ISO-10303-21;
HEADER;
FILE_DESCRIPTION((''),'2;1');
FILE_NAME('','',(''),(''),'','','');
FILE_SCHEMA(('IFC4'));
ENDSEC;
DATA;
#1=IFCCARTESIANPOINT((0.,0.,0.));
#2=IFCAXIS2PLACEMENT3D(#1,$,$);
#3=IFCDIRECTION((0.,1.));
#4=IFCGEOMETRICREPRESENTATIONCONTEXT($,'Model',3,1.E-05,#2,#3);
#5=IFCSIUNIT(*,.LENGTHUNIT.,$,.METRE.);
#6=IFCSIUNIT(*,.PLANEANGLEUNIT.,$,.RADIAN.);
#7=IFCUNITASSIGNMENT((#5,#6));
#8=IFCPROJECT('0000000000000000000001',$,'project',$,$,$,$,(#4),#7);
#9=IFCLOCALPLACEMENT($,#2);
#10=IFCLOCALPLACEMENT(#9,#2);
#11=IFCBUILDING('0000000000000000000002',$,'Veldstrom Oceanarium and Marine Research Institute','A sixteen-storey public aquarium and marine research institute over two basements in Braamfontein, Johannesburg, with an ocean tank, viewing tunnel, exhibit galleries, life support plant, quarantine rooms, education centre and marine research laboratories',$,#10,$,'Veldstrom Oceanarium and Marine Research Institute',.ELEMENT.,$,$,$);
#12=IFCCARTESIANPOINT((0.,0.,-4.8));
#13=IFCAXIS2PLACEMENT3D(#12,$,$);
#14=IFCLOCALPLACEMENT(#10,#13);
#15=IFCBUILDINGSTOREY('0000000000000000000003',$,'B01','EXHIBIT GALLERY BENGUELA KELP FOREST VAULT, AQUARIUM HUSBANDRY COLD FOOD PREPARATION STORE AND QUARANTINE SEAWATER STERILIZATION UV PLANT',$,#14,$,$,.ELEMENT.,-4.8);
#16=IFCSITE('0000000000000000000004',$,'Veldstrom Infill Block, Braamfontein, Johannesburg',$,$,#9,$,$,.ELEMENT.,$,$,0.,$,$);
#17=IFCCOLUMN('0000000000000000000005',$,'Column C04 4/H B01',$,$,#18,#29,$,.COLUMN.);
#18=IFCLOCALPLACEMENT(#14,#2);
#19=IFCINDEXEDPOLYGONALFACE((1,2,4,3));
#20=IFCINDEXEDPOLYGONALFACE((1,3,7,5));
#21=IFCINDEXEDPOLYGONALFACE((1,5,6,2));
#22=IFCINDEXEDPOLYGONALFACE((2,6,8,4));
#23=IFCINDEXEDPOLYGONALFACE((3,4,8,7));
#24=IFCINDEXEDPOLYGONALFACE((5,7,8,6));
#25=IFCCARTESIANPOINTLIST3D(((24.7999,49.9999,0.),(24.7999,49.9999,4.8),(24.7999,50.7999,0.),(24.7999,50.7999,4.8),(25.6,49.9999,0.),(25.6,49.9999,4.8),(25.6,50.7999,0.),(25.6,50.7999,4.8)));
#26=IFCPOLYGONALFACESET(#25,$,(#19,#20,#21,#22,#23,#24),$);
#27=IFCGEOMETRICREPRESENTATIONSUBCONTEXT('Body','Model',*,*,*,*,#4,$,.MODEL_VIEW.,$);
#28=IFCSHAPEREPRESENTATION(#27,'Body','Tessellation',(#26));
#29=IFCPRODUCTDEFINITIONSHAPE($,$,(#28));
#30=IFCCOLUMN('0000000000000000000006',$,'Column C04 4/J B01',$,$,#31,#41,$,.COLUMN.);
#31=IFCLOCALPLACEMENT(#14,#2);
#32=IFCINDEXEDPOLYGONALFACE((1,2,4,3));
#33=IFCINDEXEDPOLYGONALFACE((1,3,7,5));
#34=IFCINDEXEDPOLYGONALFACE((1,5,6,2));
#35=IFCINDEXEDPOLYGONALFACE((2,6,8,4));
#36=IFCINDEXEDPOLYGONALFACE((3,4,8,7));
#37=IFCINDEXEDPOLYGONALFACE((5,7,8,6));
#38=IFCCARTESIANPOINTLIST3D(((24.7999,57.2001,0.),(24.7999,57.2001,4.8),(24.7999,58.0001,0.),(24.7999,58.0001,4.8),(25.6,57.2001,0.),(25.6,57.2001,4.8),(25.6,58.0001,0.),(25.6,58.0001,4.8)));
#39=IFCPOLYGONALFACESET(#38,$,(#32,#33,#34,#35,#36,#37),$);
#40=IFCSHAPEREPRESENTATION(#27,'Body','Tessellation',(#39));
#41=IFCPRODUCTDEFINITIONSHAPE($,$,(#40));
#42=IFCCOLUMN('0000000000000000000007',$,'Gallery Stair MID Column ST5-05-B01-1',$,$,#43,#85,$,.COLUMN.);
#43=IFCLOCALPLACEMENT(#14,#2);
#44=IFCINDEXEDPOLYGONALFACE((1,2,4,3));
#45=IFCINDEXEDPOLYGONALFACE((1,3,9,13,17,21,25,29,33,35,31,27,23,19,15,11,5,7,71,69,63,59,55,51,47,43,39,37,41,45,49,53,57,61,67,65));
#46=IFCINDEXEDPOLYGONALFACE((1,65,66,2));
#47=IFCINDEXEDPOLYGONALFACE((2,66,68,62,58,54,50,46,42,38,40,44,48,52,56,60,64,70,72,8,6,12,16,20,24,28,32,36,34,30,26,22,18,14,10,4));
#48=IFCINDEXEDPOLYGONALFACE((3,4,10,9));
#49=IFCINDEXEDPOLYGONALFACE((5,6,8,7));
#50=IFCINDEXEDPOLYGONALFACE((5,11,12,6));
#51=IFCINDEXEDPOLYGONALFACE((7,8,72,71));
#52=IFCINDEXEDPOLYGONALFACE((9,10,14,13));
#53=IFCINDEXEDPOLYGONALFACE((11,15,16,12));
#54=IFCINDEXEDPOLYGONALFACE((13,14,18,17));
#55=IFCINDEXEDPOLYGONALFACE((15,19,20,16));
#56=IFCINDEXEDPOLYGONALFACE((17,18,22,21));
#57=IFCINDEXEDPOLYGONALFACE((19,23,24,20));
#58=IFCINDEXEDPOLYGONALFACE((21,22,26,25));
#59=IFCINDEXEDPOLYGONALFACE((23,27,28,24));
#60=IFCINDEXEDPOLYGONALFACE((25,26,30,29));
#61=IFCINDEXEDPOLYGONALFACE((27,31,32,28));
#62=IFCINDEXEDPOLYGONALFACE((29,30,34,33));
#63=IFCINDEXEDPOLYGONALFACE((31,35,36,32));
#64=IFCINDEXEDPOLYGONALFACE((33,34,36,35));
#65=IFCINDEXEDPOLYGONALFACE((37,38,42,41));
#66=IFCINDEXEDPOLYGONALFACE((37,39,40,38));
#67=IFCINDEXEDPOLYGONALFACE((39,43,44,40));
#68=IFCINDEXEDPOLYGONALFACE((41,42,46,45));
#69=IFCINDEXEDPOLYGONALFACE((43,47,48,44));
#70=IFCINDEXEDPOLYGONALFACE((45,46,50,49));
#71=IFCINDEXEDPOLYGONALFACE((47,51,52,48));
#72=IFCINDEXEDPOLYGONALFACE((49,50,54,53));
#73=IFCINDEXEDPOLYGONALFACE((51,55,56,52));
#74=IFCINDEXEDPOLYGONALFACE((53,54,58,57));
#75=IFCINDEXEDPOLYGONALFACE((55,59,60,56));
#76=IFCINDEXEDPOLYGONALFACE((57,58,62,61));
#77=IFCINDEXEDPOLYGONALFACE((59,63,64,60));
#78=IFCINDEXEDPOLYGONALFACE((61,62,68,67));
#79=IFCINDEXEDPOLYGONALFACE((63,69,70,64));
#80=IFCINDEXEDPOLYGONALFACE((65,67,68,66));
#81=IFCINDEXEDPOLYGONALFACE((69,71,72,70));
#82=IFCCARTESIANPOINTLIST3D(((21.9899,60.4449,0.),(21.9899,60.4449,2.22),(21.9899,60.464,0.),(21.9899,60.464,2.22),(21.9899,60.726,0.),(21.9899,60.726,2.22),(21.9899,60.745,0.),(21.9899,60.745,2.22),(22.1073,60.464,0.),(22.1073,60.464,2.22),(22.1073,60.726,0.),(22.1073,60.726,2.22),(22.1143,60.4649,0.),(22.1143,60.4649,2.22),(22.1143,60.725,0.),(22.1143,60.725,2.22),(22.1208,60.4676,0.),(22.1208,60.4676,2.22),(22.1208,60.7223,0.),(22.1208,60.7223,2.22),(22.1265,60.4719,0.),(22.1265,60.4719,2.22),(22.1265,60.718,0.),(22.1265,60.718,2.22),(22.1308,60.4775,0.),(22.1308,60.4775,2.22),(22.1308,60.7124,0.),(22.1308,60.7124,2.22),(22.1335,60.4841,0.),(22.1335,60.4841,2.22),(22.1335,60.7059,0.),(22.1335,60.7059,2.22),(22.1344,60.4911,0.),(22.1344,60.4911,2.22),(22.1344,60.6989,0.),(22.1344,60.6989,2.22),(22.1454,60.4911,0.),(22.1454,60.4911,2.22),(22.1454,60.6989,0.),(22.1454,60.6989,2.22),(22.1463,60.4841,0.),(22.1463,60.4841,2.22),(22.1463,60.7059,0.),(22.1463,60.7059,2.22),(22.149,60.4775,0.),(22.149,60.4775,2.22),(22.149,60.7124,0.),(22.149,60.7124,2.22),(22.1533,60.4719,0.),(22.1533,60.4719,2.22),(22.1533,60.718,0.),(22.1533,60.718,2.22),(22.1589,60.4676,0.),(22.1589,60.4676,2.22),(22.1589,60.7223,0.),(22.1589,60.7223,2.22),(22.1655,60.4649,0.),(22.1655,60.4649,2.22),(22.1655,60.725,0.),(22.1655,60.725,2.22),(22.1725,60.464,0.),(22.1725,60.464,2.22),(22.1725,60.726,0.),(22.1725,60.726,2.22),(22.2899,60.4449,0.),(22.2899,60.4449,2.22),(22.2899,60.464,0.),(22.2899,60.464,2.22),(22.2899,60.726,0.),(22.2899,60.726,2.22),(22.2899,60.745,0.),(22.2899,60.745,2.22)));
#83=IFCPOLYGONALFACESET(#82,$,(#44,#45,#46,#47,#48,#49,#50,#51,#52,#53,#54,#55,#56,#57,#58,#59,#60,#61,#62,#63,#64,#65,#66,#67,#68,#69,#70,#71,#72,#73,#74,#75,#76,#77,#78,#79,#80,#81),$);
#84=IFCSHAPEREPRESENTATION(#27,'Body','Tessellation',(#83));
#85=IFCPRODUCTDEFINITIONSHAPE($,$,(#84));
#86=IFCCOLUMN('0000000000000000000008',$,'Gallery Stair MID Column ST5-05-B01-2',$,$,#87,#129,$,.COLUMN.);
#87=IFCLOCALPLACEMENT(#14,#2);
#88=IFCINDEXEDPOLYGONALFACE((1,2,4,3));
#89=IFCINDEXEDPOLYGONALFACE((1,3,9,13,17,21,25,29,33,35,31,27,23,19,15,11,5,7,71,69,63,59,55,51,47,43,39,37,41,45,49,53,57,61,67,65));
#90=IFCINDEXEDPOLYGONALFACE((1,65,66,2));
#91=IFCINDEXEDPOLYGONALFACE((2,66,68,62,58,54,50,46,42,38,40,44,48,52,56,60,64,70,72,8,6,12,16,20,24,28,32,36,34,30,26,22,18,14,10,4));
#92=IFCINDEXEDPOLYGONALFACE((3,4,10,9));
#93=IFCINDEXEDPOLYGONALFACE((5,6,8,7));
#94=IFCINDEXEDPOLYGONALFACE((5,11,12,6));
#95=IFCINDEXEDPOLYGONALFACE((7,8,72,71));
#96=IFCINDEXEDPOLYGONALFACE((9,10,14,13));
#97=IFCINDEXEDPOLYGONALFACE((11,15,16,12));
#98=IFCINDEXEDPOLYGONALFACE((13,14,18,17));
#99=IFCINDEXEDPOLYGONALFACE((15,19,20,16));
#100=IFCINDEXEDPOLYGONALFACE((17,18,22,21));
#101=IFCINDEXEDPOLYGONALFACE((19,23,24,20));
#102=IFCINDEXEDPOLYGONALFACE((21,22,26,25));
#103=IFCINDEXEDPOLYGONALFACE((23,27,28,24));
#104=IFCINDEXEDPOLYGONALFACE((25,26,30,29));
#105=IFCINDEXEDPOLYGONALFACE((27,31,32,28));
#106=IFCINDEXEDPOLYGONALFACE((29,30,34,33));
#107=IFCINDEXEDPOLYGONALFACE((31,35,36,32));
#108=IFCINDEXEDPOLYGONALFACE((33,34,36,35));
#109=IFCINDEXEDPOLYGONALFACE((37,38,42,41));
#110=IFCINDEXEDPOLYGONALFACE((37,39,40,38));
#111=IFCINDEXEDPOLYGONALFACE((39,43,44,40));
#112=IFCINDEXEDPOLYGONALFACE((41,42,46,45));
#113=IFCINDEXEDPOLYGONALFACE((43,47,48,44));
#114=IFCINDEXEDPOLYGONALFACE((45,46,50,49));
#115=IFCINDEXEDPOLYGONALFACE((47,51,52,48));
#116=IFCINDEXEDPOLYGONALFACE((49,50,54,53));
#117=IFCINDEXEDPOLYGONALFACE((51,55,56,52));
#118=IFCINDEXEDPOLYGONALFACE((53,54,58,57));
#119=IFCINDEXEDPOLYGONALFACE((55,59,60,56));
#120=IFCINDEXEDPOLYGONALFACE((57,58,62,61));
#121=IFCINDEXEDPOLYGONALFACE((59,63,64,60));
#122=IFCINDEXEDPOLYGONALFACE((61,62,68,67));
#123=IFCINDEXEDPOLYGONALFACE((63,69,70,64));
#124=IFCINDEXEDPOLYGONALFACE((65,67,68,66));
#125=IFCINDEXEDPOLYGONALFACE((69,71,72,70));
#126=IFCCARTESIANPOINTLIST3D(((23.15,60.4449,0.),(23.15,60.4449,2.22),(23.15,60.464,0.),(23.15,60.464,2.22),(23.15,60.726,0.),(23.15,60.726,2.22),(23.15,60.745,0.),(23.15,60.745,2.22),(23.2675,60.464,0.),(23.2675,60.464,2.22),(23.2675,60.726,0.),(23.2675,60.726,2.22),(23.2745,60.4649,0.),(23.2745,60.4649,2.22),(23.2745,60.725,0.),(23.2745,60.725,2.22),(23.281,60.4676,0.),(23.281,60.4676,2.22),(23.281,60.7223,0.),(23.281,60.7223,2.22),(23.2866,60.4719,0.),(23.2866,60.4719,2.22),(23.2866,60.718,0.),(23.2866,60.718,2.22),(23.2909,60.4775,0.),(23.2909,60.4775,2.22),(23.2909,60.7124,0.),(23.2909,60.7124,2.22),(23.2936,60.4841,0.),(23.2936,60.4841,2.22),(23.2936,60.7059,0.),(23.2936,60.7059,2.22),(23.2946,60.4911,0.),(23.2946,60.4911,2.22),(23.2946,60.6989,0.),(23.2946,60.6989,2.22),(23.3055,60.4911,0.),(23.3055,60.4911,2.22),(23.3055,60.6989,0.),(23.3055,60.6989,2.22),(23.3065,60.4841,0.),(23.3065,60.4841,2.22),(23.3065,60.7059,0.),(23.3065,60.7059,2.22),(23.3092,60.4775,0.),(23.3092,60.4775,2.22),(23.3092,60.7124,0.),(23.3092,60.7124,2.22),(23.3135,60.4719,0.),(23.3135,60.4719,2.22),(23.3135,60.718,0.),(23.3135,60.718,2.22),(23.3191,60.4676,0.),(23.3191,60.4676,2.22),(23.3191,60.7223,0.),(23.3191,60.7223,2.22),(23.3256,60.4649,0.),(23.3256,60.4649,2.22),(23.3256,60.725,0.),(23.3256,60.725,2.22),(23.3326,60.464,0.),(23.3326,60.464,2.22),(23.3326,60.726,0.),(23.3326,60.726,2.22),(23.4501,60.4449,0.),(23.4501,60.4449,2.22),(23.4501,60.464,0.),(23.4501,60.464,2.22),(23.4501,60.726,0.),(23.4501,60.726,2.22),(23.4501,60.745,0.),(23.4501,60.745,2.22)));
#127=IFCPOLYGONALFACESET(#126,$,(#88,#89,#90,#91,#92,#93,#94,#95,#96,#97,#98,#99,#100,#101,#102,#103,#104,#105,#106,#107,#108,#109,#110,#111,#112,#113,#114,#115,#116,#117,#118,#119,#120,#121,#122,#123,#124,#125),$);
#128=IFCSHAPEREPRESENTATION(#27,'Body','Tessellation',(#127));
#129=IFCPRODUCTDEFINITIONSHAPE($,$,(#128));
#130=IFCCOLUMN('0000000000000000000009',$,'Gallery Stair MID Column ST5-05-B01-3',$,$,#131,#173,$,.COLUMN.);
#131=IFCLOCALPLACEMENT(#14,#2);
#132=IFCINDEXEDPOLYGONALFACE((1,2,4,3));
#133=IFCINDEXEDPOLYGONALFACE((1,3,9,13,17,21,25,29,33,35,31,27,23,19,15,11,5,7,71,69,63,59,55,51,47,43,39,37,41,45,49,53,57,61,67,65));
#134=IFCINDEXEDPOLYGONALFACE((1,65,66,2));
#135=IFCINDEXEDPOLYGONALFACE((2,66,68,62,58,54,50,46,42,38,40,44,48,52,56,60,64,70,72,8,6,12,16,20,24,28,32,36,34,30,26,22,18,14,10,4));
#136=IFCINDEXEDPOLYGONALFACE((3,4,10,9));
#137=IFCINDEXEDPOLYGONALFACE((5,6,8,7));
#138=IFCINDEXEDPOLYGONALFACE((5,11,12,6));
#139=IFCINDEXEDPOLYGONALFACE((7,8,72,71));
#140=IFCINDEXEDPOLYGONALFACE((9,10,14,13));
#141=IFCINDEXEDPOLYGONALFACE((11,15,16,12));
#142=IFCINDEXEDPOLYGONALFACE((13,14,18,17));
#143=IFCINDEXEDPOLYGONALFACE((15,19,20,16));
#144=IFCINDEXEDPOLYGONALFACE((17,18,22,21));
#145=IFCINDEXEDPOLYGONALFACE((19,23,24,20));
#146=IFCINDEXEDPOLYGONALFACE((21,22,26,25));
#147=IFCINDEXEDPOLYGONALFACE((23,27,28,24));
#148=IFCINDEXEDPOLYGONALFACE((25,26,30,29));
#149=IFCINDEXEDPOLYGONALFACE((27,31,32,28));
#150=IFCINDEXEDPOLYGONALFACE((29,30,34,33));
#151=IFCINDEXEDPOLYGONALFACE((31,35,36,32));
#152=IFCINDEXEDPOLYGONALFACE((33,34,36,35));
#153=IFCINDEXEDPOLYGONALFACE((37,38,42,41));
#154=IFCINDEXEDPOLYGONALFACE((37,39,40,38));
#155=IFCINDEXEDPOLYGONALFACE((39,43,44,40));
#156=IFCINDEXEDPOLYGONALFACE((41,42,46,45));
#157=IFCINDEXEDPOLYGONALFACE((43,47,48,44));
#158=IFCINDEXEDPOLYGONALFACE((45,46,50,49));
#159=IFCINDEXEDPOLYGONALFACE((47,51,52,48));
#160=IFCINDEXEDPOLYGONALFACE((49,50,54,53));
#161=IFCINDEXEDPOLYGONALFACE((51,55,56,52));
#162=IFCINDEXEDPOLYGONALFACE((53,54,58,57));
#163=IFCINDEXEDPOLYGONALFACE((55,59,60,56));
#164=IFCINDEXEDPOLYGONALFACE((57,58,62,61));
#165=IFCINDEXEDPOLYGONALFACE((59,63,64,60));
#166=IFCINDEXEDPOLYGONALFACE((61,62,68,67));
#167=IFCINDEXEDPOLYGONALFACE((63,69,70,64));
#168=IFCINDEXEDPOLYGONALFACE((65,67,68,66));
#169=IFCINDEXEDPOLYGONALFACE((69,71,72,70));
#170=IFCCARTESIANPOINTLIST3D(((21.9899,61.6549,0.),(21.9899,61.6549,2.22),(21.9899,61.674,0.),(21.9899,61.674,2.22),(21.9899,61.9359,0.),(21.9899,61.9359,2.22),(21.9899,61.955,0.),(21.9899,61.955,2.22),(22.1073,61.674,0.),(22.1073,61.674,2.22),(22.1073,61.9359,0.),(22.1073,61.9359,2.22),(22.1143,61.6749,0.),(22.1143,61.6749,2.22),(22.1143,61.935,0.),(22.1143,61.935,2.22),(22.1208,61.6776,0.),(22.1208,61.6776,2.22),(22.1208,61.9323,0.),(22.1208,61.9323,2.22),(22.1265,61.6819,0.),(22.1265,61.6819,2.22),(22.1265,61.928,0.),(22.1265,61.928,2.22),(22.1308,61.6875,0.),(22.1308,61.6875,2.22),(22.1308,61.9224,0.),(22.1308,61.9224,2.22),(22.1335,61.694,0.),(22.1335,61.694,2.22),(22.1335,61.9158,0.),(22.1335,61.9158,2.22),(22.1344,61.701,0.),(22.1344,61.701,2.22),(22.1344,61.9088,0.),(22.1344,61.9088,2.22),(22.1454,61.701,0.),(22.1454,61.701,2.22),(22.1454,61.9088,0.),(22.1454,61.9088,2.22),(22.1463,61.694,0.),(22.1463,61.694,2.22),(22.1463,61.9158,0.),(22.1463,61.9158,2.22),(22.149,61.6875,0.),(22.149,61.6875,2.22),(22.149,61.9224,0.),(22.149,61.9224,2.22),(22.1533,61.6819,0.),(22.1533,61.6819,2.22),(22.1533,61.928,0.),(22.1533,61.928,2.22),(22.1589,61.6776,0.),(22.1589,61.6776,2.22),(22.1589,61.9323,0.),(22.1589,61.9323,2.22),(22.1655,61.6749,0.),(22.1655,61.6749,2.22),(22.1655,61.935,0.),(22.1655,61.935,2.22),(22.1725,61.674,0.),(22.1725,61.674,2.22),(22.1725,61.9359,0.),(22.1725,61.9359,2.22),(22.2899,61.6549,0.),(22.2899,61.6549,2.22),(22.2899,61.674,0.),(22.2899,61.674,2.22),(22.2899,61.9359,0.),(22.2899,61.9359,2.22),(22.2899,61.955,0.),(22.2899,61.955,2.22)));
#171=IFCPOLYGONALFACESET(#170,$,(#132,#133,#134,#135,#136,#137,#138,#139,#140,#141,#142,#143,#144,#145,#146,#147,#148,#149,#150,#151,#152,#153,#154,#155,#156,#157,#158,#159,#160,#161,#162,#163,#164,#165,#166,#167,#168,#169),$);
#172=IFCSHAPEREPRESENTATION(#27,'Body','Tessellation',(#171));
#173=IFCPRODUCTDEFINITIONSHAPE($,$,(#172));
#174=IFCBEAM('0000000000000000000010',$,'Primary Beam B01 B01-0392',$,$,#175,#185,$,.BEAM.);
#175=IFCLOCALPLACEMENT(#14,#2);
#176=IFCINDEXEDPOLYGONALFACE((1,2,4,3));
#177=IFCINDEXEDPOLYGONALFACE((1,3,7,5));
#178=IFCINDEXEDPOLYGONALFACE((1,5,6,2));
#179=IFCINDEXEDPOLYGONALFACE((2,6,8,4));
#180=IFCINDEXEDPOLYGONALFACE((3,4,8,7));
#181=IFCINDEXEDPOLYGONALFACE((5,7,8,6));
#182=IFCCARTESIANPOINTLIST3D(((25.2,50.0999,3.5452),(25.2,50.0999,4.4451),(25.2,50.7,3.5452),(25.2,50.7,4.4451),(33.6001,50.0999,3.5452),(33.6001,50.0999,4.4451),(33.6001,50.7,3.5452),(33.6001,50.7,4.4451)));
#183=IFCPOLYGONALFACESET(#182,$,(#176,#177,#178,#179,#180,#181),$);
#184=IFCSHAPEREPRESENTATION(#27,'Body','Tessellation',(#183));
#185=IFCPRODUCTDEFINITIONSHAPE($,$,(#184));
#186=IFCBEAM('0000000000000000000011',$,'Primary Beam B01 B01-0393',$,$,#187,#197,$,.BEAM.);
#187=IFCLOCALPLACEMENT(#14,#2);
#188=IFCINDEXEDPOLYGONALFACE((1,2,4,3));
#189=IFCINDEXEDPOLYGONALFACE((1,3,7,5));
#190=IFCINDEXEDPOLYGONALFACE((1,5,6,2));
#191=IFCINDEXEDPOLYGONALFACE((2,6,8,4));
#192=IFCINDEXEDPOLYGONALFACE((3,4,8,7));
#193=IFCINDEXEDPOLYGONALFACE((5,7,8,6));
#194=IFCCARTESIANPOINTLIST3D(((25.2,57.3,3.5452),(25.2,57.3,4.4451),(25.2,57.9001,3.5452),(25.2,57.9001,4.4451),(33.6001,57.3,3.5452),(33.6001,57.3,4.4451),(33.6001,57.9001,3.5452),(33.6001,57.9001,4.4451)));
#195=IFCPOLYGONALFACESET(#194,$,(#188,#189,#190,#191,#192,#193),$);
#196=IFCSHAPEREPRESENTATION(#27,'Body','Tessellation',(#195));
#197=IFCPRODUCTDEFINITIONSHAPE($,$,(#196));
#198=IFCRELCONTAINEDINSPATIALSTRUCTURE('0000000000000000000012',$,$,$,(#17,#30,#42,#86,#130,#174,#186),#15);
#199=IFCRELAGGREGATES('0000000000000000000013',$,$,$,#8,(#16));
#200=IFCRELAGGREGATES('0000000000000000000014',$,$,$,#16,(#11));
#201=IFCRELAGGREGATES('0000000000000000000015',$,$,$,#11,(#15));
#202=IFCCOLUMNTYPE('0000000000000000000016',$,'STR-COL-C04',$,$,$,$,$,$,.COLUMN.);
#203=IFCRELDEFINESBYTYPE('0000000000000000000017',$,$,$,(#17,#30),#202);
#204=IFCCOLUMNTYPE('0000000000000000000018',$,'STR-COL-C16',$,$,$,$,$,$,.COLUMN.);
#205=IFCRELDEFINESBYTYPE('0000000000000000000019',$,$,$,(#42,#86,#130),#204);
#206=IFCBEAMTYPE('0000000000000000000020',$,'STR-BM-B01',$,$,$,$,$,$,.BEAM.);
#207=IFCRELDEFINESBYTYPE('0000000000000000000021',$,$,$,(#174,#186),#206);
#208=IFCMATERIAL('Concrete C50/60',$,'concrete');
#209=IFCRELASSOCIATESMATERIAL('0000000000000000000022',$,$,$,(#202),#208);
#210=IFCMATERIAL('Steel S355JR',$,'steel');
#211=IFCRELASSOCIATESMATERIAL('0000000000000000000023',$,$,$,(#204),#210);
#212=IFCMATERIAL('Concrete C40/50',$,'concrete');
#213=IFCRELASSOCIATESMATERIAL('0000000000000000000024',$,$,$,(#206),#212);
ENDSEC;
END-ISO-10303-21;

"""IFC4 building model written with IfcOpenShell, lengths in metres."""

from ifc_helpers import new_model, si_unit, direction, frame, origin, origin_2d, place, context, subcontext, project, spatial, rectangle, i_section, extrude, material, material_profile, profile_set, type_object, element, save


model = new_model("IFC4")

# Units and contexts
model_context = context("Model", 3, precision=1e-05, world=origin(), true_north=direction((0.0, 1.0)))
body_context = subcontext(model_context, "Body", "Model", "MODEL_VIEW")
ifc_project = project(units=[si_unit("LENGTHUNIT", "METRE"), si_unit("PLANEANGLEUNIT", "RADIAN")], contexts=[model_context])

# Site, building, storey
site_placement = place(None, origin())
site = spatial("IfcSite", under=ifc_project, at=site_placement, Name="Veldstrom Infill Block, Braamfontein, Johannesburg", CompositionType="ELEMENT", RefElevation=0.0)
building_placement = place(site_placement, origin())
building = spatial("IfcBuilding", under=site, at=building_placement, Name="Veldstrom Oceanarium and Marine Research Institute", Description="A sixteen-storey public aquarium and marine research institute over two basements in Braamfontein, Johannesburg, with an ocean tank, viewing tunnel, exhibit galleries, life support plant, quarantine rooms, education centre and marine research laboratories", LongName="Veldstrom Oceanarium and Marine Research Institute", CompositionType="ELEMENT")
storey_placement = place(building_placement, frame((0.0, 0.0, -4.8)))
storey = spatial("IfcBuildingStorey", under=building, at=storey_placement, Name="B01", Description="EXHIBIT GALLERY BENGUELA KELP FOREST VAULT, AQUARIUM HUSBANDRY COLD FOOD PREPARATION STORE AND QUARANTINE SEAWATER STERILIZATION UV PLANT", CompositionType="ELEMENT", Elevation=-4.8)

# Columns
ifc_material_1 = material(Name="Concrete C50/60", Category="concrete")
ifc_material_profile_1 = material_profile(ifc_material_1, rectangle(XDim=0.8, YDim=0.8, at=origin_2d()), Name="RC-COL-800x800")
ifc_profile_set_1 = profile_set([ifc_material_profile_1], Name="Concrete C50/60")
column_type_1 = type_object("IfcColumnType", Name="STR-COL-C04", PredefinedType="COLUMN", material=ifc_profile_set_1)
for number, where, z_axis, x_axis, name in (
    (1, (25.2, 50.3999, 0.0), (0.0, 0.0, 1.0), (1.0, 0.0, 0.0), "Column C04 4/H B01"),
    (2, (25.2, 57.6001, 0.0), (0.0, 0.0, 1.0), (1.0, 0.0, 0.0), "Column C04 4/J B01"),
):
    element("IfcColumn", number, at=place(storey_placement, frame(where, z_axis=z_axis, x_axis=x_axis)), inside=storey, type_object=column_type_1, Name=name, PredefinedType="COLUMN", context=body_context, shape_type="SweptSolid", body=[
        extrude(rectangle(XDim=0.8, YDim=0.8, at=origin_2d()), origin(), (0.0, 0.0, 1.0), 4.8),
    ])
ifc_material_2 = material(Name="Steel S355JR", Category="steel")
ifc_material_profile_2 = material_profile(ifc_material_2, i_section(OverallWidth=0.3, OverallDepth=0.3, WebThickness=0.011, FlangeThickness=0.019, FilletRadius=0.0271, at=origin_2d()), Name="HEB 300")
ifc_profile_set_2 = profile_set([ifc_material_profile_2], Name="Steel S355JR")
column_type_2 = type_object("IfcColumnType", Name="STR-COL-C16", PredefinedType="COLUMN", material=ifc_profile_set_2)
for number, where, z_axis, x_axis, name in (
    (3, (22.1399, 60.595, 0.0), (0.0, 0.0, 1.0), (1.0, 0.0, 0.0), "Gallery Stair MID Column ST5-05-B01-1"),
    (4, (23.3, 60.595, 0.0), (0.0, 0.0, 1.0), (1.0, 0.0, 0.0), "Gallery Stair MID Column ST5-05-B01-2"),
    (5, (22.1399, 61.8049, 0.0), (0.0, 0.0, 1.0), (1.0, 0.0, 0.0), "Gallery Stair MID Column ST5-05-B01-3"),
):
    element("IfcColumn", number, at=place(storey_placement, frame(where, z_axis=z_axis, x_axis=x_axis)), inside=storey, type_object=column_type_2, Name=name, PredefinedType="COLUMN", context=body_context, shape_type="SweptSolid", body=[
        extrude(i_section(OverallWidth=0.3, OverallDepth=0.3, WebThickness=0.011, FlangeThickness=0.019, FilletRadius=0.0271, at=origin_2d()), origin(), (0.0, 0.0, 1.0), 2.22),
    ])

# Beams
ifc_material_3 = material(Name="Concrete C40/50", Category="concrete")
ifc_material_profile_3 = material_profile(ifc_material_3, rectangle(XDim=0.6001, YDim=0.8999, at=origin_2d()), Name="RC-BM-600x900")
ifc_profile_set_3 = profile_set([ifc_material_profile_3], Name="Concrete C40/50")
beam_type_1 = type_object("IfcBeamType", Name="STR-BM-B01", PredefinedType="BEAM", material=ifc_profile_set_3)
for number, where, z_axis, x_axis, name in (
    (6, (25.2, 50.3999, 3.9951), (1.0, 0.0, 0.0), (0.0, 1.0, 0.0), "Primary Beam B01 B01-0392"),
    (7, (25.2, 57.6001, 3.9951), (1.0, 0.0, 0.0), (0.0, 1.0, 0.0), "Primary Beam B01 B01-0393"),
):
    element("IfcBeam", number, at=place(storey_placement, frame(where, z_axis=z_axis, x_axis=x_axis)), inside=storey, type_object=beam_type_1, Name=name, PredefinedType="BEAM", context=body_context, shape_type="SweptSolid", body=[
        extrude(rectangle(XDim=0.6001, YDim=0.8999, at=origin_2d()), origin(), (0.0, 0.0, 1.0), 8.4001),
    ])

save(model, "model.ifc")
